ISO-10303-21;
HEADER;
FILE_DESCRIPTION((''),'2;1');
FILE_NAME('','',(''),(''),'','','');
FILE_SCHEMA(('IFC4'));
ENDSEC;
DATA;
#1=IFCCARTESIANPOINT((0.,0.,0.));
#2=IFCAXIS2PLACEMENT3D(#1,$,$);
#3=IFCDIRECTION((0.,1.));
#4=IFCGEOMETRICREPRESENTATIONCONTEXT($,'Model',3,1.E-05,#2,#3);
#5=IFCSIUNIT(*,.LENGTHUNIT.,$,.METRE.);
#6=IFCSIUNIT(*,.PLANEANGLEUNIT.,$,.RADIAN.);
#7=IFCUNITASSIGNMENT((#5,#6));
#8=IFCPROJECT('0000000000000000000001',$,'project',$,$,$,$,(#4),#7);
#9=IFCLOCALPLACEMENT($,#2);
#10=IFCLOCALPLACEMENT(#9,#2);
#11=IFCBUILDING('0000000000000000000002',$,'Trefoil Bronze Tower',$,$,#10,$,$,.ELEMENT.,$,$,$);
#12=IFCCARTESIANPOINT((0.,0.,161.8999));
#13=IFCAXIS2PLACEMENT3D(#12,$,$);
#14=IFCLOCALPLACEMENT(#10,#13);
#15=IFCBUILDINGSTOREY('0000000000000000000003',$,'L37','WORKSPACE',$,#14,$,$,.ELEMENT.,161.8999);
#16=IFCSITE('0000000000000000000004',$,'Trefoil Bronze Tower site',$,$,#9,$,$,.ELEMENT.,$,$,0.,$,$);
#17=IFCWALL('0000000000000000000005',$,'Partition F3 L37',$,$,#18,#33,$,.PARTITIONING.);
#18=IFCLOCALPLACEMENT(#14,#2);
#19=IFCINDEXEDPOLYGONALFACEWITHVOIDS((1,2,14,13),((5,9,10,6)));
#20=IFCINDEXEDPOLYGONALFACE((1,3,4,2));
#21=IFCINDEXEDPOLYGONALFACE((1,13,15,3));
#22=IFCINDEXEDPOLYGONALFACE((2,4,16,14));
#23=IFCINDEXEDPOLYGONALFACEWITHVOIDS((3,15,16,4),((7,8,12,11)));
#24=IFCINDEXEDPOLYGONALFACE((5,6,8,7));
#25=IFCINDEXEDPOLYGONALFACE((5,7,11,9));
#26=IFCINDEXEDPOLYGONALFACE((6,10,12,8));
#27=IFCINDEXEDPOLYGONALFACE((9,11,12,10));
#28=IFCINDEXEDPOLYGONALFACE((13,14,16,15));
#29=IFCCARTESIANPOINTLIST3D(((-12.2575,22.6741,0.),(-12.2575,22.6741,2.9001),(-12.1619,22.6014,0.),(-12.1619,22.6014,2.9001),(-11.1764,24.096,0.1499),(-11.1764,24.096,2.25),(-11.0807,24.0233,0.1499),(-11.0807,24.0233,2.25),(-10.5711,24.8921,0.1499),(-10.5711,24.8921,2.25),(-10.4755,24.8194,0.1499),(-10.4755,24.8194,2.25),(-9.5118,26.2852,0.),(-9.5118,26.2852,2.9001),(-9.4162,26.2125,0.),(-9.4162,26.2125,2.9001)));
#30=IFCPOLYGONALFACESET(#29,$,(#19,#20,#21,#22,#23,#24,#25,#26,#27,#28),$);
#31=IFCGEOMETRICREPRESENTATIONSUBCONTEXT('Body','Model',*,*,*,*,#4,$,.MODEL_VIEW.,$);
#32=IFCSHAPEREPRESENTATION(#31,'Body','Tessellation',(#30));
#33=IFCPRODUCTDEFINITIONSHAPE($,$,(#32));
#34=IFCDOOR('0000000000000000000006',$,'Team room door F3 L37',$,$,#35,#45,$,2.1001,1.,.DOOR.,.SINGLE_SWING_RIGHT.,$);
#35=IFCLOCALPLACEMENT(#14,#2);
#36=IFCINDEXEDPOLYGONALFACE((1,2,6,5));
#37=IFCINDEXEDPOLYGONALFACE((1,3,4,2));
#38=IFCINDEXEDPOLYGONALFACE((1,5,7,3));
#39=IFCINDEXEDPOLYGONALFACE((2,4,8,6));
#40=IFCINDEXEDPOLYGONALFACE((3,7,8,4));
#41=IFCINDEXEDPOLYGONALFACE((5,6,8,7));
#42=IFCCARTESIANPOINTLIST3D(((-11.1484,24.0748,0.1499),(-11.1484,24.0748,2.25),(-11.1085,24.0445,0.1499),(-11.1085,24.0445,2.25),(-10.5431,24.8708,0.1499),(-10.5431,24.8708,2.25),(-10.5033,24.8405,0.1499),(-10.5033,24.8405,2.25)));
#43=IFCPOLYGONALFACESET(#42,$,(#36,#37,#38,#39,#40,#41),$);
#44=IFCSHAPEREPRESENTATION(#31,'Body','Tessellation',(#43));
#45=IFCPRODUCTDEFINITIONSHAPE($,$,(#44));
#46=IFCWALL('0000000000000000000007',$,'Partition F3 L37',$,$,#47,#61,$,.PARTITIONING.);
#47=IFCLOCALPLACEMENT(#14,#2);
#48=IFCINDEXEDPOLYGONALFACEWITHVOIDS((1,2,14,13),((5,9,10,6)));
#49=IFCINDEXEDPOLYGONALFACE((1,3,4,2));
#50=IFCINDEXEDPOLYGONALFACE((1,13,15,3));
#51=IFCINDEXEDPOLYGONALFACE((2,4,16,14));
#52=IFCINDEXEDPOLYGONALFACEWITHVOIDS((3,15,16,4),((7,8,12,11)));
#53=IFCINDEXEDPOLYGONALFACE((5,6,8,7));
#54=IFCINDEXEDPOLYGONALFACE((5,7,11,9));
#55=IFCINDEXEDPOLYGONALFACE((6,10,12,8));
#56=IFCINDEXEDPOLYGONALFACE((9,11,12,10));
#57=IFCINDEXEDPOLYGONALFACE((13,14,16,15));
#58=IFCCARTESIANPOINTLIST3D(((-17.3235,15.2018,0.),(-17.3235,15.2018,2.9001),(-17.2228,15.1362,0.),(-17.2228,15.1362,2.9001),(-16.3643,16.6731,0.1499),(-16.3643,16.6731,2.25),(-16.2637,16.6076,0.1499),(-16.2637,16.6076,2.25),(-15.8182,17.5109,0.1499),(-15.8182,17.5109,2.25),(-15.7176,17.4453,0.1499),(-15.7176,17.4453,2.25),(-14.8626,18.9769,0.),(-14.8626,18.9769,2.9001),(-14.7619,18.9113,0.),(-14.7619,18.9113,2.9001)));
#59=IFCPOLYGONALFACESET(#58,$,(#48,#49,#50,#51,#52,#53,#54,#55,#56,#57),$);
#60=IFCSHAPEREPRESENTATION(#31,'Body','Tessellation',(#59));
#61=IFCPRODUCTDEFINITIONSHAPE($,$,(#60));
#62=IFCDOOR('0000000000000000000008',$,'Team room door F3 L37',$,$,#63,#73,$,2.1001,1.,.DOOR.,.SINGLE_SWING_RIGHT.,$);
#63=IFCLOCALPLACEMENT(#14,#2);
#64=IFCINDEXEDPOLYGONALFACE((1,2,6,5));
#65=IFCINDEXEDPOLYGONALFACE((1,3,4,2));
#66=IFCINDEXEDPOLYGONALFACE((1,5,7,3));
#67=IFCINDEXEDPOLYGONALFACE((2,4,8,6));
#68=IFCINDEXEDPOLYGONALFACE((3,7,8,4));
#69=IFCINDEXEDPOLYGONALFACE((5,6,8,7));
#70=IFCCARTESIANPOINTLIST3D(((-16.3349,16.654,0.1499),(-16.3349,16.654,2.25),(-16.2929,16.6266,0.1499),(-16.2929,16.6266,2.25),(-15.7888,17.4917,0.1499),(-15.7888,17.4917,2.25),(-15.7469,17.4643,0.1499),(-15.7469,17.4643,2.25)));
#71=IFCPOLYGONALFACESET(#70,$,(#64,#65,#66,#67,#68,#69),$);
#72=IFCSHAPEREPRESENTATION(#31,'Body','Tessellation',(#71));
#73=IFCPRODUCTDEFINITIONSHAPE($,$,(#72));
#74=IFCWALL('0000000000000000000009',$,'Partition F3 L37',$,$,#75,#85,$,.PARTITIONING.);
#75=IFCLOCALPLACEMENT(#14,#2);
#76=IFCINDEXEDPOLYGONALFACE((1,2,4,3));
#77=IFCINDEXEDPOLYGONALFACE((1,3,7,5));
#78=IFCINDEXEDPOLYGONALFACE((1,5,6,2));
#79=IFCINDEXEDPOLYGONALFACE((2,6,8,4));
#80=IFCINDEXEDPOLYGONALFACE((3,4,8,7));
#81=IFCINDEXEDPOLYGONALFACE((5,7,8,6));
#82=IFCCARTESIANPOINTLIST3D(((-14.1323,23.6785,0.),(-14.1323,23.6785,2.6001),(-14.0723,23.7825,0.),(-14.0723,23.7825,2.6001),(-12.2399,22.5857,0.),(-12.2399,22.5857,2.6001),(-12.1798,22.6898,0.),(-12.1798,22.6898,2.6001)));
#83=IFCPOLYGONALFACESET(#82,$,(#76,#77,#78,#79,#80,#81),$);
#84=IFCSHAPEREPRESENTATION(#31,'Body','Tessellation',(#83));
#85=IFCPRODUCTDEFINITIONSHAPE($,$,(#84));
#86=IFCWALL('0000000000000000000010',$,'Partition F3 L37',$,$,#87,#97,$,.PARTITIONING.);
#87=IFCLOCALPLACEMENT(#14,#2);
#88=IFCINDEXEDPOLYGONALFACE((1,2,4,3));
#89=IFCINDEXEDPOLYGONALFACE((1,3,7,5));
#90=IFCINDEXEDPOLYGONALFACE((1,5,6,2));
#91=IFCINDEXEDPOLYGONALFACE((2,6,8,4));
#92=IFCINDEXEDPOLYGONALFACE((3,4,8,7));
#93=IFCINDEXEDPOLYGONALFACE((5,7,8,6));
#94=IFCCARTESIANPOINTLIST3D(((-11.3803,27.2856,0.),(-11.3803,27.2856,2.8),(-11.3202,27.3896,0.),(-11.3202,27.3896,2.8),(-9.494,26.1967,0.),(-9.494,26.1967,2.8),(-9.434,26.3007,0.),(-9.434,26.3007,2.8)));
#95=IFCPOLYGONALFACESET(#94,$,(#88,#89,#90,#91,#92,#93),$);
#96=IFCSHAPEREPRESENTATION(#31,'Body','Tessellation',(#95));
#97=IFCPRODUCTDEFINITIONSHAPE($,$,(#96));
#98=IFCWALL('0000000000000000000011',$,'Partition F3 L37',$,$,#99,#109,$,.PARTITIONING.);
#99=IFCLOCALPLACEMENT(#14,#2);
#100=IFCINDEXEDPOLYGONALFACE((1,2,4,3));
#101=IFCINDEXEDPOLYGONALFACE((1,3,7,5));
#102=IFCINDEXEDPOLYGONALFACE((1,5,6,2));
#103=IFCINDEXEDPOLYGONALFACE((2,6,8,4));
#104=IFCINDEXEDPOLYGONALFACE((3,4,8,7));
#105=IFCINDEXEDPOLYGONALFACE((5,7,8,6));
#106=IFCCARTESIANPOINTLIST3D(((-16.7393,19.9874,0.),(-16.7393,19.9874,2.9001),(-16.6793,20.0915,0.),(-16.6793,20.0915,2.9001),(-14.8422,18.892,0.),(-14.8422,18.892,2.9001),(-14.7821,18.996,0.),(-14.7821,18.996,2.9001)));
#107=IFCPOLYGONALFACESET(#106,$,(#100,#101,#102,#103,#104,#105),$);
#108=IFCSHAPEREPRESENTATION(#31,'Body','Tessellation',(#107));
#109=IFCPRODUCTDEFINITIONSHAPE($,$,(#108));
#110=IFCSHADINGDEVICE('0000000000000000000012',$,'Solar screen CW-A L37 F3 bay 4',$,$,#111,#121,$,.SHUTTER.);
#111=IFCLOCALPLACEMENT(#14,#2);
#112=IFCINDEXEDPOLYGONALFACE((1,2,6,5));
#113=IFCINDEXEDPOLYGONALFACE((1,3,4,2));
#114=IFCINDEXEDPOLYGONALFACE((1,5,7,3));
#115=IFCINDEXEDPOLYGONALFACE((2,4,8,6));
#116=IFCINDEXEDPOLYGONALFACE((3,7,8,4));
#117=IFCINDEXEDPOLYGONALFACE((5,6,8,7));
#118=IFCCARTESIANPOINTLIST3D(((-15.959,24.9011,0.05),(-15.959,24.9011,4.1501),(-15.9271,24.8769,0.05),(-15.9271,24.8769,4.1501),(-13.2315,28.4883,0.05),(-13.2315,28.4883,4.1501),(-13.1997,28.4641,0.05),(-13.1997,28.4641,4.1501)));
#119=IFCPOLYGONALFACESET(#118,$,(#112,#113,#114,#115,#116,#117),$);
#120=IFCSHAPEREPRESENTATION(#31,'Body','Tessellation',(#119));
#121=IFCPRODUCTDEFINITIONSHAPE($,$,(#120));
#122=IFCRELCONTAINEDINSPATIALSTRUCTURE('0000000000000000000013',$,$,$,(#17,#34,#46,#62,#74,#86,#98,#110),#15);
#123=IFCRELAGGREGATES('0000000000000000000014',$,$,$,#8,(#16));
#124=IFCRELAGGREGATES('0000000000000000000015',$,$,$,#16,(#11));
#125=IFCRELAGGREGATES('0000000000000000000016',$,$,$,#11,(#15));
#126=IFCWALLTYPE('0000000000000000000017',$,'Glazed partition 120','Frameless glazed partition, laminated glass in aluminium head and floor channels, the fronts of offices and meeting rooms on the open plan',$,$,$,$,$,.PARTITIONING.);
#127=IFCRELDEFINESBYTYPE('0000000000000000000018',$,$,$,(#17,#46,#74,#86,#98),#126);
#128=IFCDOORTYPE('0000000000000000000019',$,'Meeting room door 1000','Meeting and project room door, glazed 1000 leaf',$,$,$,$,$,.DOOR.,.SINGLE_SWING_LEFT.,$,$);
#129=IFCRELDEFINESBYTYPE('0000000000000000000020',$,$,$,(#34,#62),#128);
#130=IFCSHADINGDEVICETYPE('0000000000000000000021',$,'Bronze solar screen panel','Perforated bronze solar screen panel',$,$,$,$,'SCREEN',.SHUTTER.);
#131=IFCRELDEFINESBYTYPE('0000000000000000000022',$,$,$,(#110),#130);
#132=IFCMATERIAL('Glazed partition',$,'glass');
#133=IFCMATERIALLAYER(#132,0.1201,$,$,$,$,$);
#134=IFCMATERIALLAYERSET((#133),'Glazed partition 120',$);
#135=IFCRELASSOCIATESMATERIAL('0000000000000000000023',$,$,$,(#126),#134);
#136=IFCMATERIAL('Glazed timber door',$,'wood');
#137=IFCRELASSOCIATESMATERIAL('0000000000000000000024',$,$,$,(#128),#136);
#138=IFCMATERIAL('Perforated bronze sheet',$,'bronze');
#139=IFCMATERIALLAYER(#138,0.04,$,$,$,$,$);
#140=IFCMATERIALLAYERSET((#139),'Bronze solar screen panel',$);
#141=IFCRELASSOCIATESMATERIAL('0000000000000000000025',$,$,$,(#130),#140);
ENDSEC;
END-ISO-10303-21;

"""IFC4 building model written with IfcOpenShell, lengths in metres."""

from ifc_helpers import new_model, si_unit, direction, frame, frame_2d, origin, origin_2d, place, context, subcontext, project, spatial, rectangle, extrude, material, layer, layer_set, type_object, element, fill, save


model = new_model("IFC4")

# Units and contexts
model_context = context("Model", 3, precision=1e-05, world=origin(), true_north=direction((0.0, 1.0)))
body_context = subcontext(model_context, "Body", "Model", "MODEL_VIEW")
ifc_project = project(units=[si_unit("LENGTHUNIT", "METRE"), si_unit("PLANEANGLEUNIT", "RADIAN")], contexts=[model_context])

# Site, building, storey
site_placement = place(None, origin())
site = spatial("IfcSite", under=ifc_project, at=site_placement, Name="Trefoil Bronze Tower site", CompositionType="ELEMENT", RefElevation=0.0)
building_placement = place(site_placement, origin())
building = spatial("IfcBuilding", under=site, at=building_placement, Name="Trefoil Bronze Tower", CompositionType="ELEMENT")
storey_placement = place(building_placement, frame((0.0, 0.0, 161.8999)))
storey = spatial("IfcBuildingStorey", under=building, at=storey_placement, Name="L37", Description="WORKSPACE", CompositionType="ELEMENT", Elevation=161.8999)

# Walls, openings, doors
ifc_material_1 = material(Name="Glazed partition", Category="glass")
ifc_layer_1 = layer(ifc_material_1, 0.1201)
ifc_layer_set_1 = layer_set([ifc_layer_1], Name="Glazed partition 120")
wall_type_1 = type_object("IfcWallType", Name="Glazed partition 120", Description="Frameless glazed partition, laminated glass in aluminium head and floor channels, the fronts of offices and meeting rooms on the open plan", PredefinedType="PARTITIONING", material=ifc_layer_set_1)
ifc_material_2 = material(Name="Glazed timber door", Category="wood")
door_type_1 = type_object("IfcDoorType", Name="Meeting room door 1000", Description="Meeting and project room door, glazed 1000 leaf", OperationType="SINGLE_SWING_LEFT", PredefinedType="DOOR", material=ifc_material_2)
wall_1_placement = place(storey_placement, frame((-9.4641, 26.2488, 0.0), z_axis=(0.0, 0.0, 1.0), x_axis=(-0.605248, -0.796037, 0.0)))
wall_1 = element("IfcWall", 1, at=wall_1_placement, inside=storey, type_object=wall_type_1, Name="Partition F3 L37", PredefinedType="PARTITIONING", context=body_context, shape_type="SweptSolid", body=[
    extrude(rectangle(XDim=4.5364, YDim=0.1201, at=frame_2d((2.2681, 0.0))), origin(), (0.0, 0.0, 1.0), 2.9001),
])
opening_1_placement = place(wall_1_placement, frame((1.75, 0.0, 0.1499)))
opening_1 = element("IfcOpeningElement", 2, at=opening_1_placement, cuts=wall_1, PredefinedType="OPENING", context=body_context, shape_type="SweptSolid", body=[
    extrude(rectangle(XDim=1.0, YDim=2.1001, at=frame_2d((0.5, 1.05))), frame((0.0, 0.0701, 0.0), z_axis=(0.0, -1.0, 0.0), x_axis=(1.0, 0.0, 0.0)), (0.0, 0.0, 1.0), 0.1401),
])
door_1_placement = place(opening_1_placement, frame((1.0, 0.0, 0.0), z_axis=(0.0, 0.0, 1.0), x_axis=(-1.0, 0.0, 0.0)))
door_1 = element("IfcDoor", 3, at=door_1_placement, inside=storey, type_object=door_type_1, Name="Team room door F3 L37", OperationType="SINGLE_SWING_RIGHT", OverallHeight=2.1001, OverallWidth=1.0, PredefinedType="DOOR", context=body_context, shape_type="SweptSolid", body=[
    extrude(rectangle(XDim=1.0, YDim=2.1001, at=frame_2d((0.5, 1.05))), frame((0.0, 0.0249, 0.0), z_axis=(0.0, -1.0, 0.0), x_axis=(1.0, 0.0, 0.0)), (0.0, 0.0, 1.0), 0.05),
])
fill(opening_1, door_1)
wall_2_placement = place(storey_placement, frame((-14.8123, 18.9441, 0.0), z_axis=(0.0, 0.0, 1.0), x_axis=(-0.546094, -0.837724, 0.0)))
wall_2 = element("IfcWall", 4, at=wall_2_placement, inside=storey, type_object=wall_type_1, Name="Partition F3 L37", PredefinedType="PARTITIONING", context=body_context, shape_type="SweptSolid", body=[
    extrude(rectangle(XDim=4.5063, YDim=0.1201, at=frame_2d((2.2532, 0.0))), origin(), (0.0, 0.0, 1.0), 2.9001),
])
opening_2_placement = place(wall_2_placement, frame((1.75, 0.0, 0.1499)))
opening_2 = element("IfcOpeningElement", 5, at=opening_2_placement, cuts=wall_2, PredefinedType="OPENING", context=body_context, shape_type="SweptSolid", body=[
    extrude(rectangle(XDim=1.0, YDim=2.1001, at=frame_2d((0.5, 1.05))), frame((0.0, 0.0701, 0.0), z_axis=(0.0, -1.0, 0.0), x_axis=(1.0, 0.0, 0.0)), (0.0, 0.0, 1.0), 0.1401),
])
door_2_placement = place(opening_2_placement, frame((1.0, 0.0, 0.0), z_axis=(0.0, 0.0, 1.0), x_axis=(-1.0, 0.0, 0.0)))
door_2 = element("IfcDoor", 6, at=door_2_placement, inside=storey, type_object=door_type_1, Name="Team room door F3 L37", OperationType="SINGLE_SWING_RIGHT", OverallHeight=2.1001, OverallWidth=1.0, PredefinedType="DOOR", context=body_context, shape_type="SweptSolid", body=[
    extrude(rectangle(XDim=1.0, YDim=2.1001, at=frame_2d((0.5, 1.05))), frame((0.0, 0.0249, 0.0), z_axis=(0.0, -1.0, 0.0), x_axis=(1.0, 0.0, 0.0)), (0.0, 0.0, 1.0), 0.05),
])
fill(opening_2, door_2)

# Walls
wall_3_placement = place(storey_placement, frame((-12.2097, 22.6377, 0.0), z_axis=(0.0, 0.0, 1.0), x_axis=(-0.866007, 0.500032, 0.0)))
element("IfcWall", 7, at=wall_3_placement, inside=storey, type_object=wall_type_1, Name="Partition F3 L37", PredefinedType="PARTITIONING", context=body_context, shape_type="SweptSolid", body=[
    extrude(rectangle(XDim=2.1853, YDim=0.1201, at=frame_2d((1.0928, 0.0))), origin(), (0.0, 0.0, 1.0), 2.6001),
])
wall_4_placement = place(storey_placement, frame((-9.4641, 26.2488, 0.0), z_axis=(0.0, 0.0, 1.0), x_axis=(-0.866055, 0.499949, 0.0)))
element("IfcWall", 8, at=wall_4_placement, inside=storey, type_object=wall_type_1, Name="Partition F3 L37", PredefinedType="PARTITIONING", context=body_context, shape_type="SweptSolid", body=[
    extrude(rectangle(XDim=2.178, YDim=0.1201, at=frame_2d((1.0889, 0.0))), origin(), (0.0, 0.0, 1.0), 2.8),
])
wall_5_placement = place(storey_placement, frame((-14.8123, 18.9441, 0.0), z_axis=(0.0, 0.0, 1.0), x_axis=(-0.866006, 0.500034, 0.0)))
element("IfcWall", 9, at=wall_5_placement, inside=storey, type_object=wall_type_1, Name="Partition F3 L37", PredefinedType="PARTITIONING", context=body_context, shape_type="SweptSolid", body=[
    extrude(rectangle(XDim=2.1907, YDim=0.1201, at=frame_2d((1.0952, 0.0))), origin(), (0.0, 0.0, 1.0), 2.9001),
])

# Shading device
ifc_material_3 = material(Name="Perforated bronze sheet", Category="bronze")
ifc_layer_2 = layer(ifc_material_3, 0.04)
ifc_layer_set_2 = layer_set([ifc_layer_2], Name="Bronze solar screen panel")
shading_device_type = type_object("IfcShadingDeviceType", Name="Bronze solar screen panel", Description="Perforated bronze solar screen panel", ElementType="SCREEN", PredefinedType="SHUTTER", material=ifc_layer_set_2)
shading_device_placement = place(storey_placement, frame((-14.5793, 26.6826, 0.05), z_axis=(0.0, 0.0, 1.0), x_axis=(-0.605252, -0.796034, 0.0)))
element("IfcShadingDevice", 10, at=shading_device_placement, inside=storey, type_object=shading_device_type, Name="Solar screen CW-A L37 F3 bay 4", PredefinedType="SHUTTER", context=body_context, shape_type="SweptSolid", body=[
    extrude(rectangle(XDim=4.5063, YDim=0.04, at=origin_2d()), origin(), (0.0, 0.0, 1.0), 4.1001),
])

save(model, "model.ifc")
